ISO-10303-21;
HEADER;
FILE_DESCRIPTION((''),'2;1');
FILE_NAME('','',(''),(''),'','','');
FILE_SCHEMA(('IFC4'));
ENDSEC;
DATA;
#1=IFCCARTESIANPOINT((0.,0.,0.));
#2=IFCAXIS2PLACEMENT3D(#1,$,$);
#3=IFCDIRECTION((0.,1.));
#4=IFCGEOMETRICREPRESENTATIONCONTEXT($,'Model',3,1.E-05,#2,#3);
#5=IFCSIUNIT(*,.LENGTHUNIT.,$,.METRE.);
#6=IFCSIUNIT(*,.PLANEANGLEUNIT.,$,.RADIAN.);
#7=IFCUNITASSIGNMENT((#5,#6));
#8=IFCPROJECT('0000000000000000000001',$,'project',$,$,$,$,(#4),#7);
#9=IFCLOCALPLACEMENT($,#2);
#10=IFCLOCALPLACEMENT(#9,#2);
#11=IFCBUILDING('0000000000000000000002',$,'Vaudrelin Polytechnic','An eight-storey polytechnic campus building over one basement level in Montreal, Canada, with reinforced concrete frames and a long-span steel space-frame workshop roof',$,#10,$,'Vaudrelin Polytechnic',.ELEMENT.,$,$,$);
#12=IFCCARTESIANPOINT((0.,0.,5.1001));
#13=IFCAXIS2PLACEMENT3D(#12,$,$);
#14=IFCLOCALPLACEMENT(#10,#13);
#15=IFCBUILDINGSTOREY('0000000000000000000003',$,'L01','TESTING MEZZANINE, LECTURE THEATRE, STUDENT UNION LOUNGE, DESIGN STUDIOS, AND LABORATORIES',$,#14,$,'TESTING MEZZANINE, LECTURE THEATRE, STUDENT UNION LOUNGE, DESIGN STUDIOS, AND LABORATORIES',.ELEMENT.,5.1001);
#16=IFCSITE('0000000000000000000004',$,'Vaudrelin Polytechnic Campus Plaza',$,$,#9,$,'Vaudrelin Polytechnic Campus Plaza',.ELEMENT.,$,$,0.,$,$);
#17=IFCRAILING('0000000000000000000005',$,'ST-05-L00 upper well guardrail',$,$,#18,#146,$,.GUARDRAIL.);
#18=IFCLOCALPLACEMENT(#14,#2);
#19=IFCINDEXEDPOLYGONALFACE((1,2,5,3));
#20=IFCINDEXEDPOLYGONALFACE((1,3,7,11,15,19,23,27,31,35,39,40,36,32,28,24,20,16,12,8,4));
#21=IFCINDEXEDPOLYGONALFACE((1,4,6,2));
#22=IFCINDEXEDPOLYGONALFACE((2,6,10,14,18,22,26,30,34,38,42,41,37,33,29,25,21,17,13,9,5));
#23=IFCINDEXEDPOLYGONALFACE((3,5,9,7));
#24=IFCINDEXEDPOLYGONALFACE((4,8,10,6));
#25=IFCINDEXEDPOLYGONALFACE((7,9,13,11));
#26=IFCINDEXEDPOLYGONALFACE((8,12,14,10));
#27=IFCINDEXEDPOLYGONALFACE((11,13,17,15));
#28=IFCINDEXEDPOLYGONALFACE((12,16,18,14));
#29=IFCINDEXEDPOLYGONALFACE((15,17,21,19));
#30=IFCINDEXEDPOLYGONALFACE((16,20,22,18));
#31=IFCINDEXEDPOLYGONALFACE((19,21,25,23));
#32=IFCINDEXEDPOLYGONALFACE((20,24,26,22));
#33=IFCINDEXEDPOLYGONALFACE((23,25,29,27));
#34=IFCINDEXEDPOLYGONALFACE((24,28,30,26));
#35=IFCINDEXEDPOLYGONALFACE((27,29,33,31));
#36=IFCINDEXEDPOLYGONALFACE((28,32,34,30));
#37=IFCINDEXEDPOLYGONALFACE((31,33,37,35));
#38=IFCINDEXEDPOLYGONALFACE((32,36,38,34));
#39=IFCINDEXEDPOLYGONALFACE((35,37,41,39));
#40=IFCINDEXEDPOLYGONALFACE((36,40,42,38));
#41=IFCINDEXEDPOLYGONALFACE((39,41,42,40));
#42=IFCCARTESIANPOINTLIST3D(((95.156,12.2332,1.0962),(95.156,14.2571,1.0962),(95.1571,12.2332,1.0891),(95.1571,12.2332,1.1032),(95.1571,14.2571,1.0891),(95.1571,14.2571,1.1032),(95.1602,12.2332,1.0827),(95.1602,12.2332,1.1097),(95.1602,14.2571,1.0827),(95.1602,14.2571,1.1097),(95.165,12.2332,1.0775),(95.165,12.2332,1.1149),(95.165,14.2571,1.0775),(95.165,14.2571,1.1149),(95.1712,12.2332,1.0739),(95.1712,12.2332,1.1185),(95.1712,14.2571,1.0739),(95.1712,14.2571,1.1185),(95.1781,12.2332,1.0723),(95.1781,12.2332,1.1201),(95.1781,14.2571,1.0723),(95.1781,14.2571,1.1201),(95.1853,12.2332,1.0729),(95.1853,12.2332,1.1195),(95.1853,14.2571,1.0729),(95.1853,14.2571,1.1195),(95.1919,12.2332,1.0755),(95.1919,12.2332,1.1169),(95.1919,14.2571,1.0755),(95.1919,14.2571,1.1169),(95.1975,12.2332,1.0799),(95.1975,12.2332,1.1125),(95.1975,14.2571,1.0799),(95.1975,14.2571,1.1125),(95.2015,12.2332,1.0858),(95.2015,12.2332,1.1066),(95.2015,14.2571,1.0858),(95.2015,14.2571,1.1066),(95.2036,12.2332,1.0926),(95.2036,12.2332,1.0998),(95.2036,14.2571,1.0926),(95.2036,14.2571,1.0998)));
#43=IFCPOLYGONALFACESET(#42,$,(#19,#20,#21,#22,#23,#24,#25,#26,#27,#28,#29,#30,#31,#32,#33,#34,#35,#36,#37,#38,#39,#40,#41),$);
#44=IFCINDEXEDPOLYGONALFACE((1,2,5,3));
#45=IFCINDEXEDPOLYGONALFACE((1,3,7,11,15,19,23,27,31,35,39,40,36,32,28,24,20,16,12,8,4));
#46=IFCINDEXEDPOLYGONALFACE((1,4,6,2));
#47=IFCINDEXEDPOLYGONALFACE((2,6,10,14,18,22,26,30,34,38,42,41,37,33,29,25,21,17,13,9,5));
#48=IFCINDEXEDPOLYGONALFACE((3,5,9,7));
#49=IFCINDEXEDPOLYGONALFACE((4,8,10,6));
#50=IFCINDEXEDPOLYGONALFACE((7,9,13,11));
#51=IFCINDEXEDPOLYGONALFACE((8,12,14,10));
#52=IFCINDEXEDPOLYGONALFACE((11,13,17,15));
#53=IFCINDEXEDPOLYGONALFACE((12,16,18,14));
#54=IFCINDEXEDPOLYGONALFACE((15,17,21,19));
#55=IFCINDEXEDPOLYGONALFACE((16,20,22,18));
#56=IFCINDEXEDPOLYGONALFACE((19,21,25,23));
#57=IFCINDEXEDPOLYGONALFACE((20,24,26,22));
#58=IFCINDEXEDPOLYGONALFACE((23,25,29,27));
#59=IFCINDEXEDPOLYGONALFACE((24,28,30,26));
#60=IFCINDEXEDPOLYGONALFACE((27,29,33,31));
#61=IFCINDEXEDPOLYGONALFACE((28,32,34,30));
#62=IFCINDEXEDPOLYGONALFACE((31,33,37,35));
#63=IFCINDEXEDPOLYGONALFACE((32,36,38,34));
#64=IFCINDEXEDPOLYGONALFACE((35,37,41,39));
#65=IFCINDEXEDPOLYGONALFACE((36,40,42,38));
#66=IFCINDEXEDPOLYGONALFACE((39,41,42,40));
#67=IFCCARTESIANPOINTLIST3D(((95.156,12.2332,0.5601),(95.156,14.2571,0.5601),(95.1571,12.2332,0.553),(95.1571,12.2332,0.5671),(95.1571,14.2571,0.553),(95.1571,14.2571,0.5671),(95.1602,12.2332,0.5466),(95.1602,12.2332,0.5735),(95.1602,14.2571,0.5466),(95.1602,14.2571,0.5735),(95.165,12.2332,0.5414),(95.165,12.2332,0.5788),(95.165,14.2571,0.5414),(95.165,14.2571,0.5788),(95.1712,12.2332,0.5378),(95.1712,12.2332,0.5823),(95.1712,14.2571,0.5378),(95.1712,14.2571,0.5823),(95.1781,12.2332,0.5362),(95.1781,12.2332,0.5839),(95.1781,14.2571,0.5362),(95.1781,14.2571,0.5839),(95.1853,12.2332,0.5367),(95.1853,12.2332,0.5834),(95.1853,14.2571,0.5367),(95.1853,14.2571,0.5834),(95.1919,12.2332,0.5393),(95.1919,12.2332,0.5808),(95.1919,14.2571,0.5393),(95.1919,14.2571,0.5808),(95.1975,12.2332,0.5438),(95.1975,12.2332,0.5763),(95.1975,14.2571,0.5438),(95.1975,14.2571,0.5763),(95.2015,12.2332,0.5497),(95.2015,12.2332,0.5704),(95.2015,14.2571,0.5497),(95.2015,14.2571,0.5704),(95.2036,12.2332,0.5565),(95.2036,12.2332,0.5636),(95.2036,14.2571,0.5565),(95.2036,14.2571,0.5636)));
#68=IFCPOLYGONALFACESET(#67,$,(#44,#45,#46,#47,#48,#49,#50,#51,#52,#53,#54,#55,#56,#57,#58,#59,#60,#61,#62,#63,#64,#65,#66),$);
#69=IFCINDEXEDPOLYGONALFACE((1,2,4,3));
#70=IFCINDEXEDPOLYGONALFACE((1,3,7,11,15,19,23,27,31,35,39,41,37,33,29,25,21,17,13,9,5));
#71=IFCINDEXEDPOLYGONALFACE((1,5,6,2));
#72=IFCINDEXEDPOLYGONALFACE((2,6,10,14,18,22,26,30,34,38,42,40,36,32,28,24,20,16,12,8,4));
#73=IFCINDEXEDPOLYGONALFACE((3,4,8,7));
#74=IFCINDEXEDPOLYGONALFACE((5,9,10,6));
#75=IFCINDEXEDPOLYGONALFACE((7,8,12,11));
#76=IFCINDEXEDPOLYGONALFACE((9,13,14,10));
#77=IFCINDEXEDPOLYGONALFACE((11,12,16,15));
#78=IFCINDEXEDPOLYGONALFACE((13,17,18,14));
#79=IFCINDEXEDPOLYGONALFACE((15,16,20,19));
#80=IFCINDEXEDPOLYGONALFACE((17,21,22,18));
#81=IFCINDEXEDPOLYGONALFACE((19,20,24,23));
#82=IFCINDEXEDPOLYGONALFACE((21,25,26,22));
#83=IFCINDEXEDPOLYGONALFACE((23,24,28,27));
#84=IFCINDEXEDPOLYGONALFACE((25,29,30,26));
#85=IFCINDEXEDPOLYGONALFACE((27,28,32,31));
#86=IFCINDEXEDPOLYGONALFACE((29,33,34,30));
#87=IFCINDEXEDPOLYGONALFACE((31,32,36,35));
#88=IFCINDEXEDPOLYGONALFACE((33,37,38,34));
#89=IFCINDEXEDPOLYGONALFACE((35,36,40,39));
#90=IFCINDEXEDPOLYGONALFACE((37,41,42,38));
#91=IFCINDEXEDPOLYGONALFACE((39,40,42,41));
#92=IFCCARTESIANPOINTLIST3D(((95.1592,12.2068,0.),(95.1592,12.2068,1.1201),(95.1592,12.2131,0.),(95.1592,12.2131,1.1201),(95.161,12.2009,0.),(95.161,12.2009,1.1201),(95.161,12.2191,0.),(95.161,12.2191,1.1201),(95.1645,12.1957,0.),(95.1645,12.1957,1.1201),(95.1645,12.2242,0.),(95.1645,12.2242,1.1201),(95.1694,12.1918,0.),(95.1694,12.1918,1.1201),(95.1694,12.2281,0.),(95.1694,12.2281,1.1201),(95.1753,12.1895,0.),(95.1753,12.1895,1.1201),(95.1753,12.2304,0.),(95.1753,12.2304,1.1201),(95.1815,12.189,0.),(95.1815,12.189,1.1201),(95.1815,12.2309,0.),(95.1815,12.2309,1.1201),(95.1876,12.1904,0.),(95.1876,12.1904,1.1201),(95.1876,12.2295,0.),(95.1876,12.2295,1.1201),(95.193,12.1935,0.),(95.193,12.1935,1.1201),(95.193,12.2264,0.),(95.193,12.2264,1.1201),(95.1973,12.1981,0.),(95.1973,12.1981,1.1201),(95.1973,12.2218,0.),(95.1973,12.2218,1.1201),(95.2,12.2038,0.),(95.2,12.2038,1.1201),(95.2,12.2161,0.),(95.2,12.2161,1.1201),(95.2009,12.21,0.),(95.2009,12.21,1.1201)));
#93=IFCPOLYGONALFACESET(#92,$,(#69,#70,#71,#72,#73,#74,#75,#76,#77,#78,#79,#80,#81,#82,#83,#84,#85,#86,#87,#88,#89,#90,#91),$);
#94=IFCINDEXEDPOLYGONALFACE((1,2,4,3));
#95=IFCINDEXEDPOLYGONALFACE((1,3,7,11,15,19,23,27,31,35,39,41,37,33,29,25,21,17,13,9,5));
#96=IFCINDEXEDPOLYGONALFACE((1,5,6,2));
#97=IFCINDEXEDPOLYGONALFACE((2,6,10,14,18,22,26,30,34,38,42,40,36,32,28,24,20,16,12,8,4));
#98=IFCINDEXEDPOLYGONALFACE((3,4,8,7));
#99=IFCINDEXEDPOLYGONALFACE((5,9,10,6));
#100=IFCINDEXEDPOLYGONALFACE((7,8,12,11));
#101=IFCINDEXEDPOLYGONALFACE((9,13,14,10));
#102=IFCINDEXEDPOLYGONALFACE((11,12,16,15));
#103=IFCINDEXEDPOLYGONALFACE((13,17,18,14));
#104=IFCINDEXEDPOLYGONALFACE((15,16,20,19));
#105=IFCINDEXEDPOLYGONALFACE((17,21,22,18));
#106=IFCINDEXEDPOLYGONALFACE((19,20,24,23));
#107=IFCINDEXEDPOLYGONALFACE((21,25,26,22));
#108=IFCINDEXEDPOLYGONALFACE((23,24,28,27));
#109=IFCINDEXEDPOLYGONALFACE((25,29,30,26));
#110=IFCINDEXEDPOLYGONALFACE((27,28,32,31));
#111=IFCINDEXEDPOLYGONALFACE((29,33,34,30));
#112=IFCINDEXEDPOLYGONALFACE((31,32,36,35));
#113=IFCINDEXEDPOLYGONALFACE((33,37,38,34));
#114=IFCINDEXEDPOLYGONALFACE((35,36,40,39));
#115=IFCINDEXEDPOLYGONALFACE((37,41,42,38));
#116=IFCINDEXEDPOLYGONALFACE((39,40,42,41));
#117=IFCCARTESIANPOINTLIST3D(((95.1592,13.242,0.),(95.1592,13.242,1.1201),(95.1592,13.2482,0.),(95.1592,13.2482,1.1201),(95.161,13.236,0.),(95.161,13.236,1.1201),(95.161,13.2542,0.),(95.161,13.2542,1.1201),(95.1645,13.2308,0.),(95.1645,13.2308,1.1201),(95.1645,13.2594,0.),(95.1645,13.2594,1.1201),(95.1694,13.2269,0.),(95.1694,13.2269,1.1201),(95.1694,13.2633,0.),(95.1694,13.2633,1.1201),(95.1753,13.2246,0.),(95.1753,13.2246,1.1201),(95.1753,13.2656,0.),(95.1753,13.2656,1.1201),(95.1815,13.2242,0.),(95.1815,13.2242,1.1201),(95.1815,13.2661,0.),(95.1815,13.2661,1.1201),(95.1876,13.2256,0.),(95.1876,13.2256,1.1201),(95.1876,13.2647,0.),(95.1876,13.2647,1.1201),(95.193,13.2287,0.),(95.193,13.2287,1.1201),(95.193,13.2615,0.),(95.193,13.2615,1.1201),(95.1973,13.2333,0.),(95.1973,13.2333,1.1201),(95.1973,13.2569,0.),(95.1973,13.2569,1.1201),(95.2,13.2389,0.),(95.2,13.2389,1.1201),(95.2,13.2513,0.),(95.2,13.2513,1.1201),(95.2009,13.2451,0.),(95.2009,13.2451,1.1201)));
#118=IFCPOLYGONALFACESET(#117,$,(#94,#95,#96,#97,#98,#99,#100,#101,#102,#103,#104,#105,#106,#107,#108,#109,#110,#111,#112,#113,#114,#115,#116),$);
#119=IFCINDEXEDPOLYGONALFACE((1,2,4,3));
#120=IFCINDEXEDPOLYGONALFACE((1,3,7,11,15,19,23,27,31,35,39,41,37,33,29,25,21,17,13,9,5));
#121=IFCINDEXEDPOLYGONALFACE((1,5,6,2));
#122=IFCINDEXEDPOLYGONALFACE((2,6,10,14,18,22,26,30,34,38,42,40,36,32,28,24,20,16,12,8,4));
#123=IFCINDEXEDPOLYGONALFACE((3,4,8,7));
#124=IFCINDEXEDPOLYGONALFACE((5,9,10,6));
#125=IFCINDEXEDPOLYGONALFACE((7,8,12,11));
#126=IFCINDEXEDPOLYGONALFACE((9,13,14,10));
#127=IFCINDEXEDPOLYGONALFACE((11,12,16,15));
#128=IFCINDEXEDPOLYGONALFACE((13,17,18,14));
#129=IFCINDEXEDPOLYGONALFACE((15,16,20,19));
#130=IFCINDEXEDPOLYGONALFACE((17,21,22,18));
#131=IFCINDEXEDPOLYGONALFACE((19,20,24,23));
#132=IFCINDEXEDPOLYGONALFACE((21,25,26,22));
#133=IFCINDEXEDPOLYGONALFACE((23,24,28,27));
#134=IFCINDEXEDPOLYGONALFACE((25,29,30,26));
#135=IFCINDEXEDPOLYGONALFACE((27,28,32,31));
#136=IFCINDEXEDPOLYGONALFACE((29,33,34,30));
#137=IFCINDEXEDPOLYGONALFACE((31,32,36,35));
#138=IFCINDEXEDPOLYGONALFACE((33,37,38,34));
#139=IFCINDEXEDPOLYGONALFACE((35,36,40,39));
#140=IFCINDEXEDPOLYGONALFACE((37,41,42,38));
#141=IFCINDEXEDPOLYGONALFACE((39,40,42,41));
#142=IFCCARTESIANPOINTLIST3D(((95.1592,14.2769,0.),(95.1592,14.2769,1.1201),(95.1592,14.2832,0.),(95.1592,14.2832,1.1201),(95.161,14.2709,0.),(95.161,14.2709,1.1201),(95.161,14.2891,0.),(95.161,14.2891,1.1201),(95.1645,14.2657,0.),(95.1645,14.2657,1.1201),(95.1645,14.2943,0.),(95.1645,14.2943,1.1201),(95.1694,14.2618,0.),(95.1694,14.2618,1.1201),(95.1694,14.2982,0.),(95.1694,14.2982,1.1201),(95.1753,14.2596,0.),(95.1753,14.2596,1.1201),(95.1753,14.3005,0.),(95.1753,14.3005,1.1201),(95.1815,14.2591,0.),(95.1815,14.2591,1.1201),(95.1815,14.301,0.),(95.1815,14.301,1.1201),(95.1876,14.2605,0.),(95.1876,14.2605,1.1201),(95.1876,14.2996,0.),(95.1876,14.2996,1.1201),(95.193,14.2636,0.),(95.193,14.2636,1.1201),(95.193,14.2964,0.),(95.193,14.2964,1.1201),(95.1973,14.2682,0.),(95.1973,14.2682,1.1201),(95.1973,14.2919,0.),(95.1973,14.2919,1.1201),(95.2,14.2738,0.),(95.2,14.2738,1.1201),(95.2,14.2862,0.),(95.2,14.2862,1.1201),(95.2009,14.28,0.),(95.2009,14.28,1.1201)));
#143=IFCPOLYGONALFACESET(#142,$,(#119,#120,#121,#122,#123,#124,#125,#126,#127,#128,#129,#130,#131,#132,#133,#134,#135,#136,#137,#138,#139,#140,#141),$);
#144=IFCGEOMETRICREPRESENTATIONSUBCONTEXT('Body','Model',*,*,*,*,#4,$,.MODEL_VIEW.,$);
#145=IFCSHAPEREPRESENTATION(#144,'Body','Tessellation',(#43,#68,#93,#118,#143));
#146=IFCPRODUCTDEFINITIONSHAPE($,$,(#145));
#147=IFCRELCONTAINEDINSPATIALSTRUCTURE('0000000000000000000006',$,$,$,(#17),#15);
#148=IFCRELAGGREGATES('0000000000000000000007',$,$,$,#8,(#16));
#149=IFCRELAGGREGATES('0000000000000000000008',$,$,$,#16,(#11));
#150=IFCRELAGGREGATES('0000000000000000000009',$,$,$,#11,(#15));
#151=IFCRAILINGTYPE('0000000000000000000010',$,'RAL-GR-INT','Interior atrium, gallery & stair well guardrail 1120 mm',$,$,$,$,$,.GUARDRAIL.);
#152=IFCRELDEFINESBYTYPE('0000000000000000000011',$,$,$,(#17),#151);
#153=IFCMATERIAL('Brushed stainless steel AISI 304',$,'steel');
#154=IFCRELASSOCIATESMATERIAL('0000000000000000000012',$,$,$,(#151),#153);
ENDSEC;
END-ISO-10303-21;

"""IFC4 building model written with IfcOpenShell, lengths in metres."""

from ifc_helpers import new_model, si_unit, direction, frame, origin, origin_2d, place, context, subcontext, project, spatial, circle, extrude, material, type_object, element, save


model = new_model("IFC4")

# Units and contexts
model_context = context("Model", 3, precision=1e-05, world=origin(), true_north=direction((0.0, 1.0)))
body_context = subcontext(model_context, "Body", "Model", "MODEL_VIEW")
ifc_project = project(units=[si_unit("LENGTHUNIT", "METRE"), si_unit("PLANEANGLEUNIT", "RADIAN")], contexts=[model_context])

# Site, building, storey
site_placement = place(None, origin())
site = spatial("IfcSite", under=ifc_project, at=site_placement, Name="Vaudrelin Polytechnic Campus Plaza", LongName="Vaudrelin Polytechnic Campus Plaza", CompositionType="ELEMENT", RefElevation=0.0)
building_placement = place(site_placement, origin())
building = spatial("IfcBuilding", under=site, at=building_placement, Name="Vaudrelin Polytechnic", Description="An eight-storey polytechnic campus building over one basement level in Montreal, Canada, with reinforced concrete frames and a long-span steel space-frame workshop roof", LongName="Vaudrelin Polytechnic", CompositionType="ELEMENT")
storey_placement = place(building_placement, frame((0.0, 0.0, 5.1001)))
storey = spatial("IfcBuildingStorey", under=building, at=storey_placement, Name="L01", Description="TESTING MEZZANINE, LECTURE THEATRE, STUDENT UNION LOUNGE, DESIGN STUDIOS, AND LABORATORIES", LongName="TESTING MEZZANINE, LECTURE THEATRE, STUDENT UNION LOUNGE, DESIGN STUDIOS, AND LABORATORIES", CompositionType="ELEMENT", Elevation=5.1001)

# Railing
ifc_material_1 = material(Name="Brushed stainless steel AISI 304", Category="steel")
railing_type = type_object("IfcRailingType", Name="RAL-GR-INT", Description="Interior atrium, gallery & stair well guardrail 1120 mm", PredefinedType="GUARDRAIL", material=ifc_material_1)
railing_placement = place(storey_placement, frame((95.1799, 12.21, 0.0)))
element("IfcRailing", 1, at=railing_placement, inside=storey, type_object=railing_type, Name="ST-05-L00 upper well guardrail", PredefinedType="GUARDRAIL", context=body_context, shape_type="SweptSolid", body=[
    extrude(circle(Radius=0.0239, at=origin_2d()), frame((0.0, 0.0232, 1.0962), z_axis=(0.0, 1.0, 0.0), x_axis=(-1.0, 0.0, 0.0)), (0.0, 0.0, 1.0), 2.0239),
    extrude(circle(Radius=0.0239, at=origin_2d()), frame((0.0, 0.0232, 0.5601), z_axis=(0.0, 1.0, 0.0), x_axis=(-1.0, 0.0, 0.0)), (0.0, 0.0, 1.0), 2.0239),
    extrude(circle(Radius=0.021, at=origin_2d()), origin(), (0.0, 0.0, 1.0), 1.1201),
    extrude(circle(Radius=0.021, at=origin_2d()), frame((0.0, 1.0352, 0.0)), (0.0, 0.0, 1.0), 1.1201),
    extrude(circle(Radius=0.021, at=origin_2d()), frame((0.0, 2.0701, 0.0)), (0.0, 0.0, 1.0), 1.1201),
])

save(model, "model.ifc")
